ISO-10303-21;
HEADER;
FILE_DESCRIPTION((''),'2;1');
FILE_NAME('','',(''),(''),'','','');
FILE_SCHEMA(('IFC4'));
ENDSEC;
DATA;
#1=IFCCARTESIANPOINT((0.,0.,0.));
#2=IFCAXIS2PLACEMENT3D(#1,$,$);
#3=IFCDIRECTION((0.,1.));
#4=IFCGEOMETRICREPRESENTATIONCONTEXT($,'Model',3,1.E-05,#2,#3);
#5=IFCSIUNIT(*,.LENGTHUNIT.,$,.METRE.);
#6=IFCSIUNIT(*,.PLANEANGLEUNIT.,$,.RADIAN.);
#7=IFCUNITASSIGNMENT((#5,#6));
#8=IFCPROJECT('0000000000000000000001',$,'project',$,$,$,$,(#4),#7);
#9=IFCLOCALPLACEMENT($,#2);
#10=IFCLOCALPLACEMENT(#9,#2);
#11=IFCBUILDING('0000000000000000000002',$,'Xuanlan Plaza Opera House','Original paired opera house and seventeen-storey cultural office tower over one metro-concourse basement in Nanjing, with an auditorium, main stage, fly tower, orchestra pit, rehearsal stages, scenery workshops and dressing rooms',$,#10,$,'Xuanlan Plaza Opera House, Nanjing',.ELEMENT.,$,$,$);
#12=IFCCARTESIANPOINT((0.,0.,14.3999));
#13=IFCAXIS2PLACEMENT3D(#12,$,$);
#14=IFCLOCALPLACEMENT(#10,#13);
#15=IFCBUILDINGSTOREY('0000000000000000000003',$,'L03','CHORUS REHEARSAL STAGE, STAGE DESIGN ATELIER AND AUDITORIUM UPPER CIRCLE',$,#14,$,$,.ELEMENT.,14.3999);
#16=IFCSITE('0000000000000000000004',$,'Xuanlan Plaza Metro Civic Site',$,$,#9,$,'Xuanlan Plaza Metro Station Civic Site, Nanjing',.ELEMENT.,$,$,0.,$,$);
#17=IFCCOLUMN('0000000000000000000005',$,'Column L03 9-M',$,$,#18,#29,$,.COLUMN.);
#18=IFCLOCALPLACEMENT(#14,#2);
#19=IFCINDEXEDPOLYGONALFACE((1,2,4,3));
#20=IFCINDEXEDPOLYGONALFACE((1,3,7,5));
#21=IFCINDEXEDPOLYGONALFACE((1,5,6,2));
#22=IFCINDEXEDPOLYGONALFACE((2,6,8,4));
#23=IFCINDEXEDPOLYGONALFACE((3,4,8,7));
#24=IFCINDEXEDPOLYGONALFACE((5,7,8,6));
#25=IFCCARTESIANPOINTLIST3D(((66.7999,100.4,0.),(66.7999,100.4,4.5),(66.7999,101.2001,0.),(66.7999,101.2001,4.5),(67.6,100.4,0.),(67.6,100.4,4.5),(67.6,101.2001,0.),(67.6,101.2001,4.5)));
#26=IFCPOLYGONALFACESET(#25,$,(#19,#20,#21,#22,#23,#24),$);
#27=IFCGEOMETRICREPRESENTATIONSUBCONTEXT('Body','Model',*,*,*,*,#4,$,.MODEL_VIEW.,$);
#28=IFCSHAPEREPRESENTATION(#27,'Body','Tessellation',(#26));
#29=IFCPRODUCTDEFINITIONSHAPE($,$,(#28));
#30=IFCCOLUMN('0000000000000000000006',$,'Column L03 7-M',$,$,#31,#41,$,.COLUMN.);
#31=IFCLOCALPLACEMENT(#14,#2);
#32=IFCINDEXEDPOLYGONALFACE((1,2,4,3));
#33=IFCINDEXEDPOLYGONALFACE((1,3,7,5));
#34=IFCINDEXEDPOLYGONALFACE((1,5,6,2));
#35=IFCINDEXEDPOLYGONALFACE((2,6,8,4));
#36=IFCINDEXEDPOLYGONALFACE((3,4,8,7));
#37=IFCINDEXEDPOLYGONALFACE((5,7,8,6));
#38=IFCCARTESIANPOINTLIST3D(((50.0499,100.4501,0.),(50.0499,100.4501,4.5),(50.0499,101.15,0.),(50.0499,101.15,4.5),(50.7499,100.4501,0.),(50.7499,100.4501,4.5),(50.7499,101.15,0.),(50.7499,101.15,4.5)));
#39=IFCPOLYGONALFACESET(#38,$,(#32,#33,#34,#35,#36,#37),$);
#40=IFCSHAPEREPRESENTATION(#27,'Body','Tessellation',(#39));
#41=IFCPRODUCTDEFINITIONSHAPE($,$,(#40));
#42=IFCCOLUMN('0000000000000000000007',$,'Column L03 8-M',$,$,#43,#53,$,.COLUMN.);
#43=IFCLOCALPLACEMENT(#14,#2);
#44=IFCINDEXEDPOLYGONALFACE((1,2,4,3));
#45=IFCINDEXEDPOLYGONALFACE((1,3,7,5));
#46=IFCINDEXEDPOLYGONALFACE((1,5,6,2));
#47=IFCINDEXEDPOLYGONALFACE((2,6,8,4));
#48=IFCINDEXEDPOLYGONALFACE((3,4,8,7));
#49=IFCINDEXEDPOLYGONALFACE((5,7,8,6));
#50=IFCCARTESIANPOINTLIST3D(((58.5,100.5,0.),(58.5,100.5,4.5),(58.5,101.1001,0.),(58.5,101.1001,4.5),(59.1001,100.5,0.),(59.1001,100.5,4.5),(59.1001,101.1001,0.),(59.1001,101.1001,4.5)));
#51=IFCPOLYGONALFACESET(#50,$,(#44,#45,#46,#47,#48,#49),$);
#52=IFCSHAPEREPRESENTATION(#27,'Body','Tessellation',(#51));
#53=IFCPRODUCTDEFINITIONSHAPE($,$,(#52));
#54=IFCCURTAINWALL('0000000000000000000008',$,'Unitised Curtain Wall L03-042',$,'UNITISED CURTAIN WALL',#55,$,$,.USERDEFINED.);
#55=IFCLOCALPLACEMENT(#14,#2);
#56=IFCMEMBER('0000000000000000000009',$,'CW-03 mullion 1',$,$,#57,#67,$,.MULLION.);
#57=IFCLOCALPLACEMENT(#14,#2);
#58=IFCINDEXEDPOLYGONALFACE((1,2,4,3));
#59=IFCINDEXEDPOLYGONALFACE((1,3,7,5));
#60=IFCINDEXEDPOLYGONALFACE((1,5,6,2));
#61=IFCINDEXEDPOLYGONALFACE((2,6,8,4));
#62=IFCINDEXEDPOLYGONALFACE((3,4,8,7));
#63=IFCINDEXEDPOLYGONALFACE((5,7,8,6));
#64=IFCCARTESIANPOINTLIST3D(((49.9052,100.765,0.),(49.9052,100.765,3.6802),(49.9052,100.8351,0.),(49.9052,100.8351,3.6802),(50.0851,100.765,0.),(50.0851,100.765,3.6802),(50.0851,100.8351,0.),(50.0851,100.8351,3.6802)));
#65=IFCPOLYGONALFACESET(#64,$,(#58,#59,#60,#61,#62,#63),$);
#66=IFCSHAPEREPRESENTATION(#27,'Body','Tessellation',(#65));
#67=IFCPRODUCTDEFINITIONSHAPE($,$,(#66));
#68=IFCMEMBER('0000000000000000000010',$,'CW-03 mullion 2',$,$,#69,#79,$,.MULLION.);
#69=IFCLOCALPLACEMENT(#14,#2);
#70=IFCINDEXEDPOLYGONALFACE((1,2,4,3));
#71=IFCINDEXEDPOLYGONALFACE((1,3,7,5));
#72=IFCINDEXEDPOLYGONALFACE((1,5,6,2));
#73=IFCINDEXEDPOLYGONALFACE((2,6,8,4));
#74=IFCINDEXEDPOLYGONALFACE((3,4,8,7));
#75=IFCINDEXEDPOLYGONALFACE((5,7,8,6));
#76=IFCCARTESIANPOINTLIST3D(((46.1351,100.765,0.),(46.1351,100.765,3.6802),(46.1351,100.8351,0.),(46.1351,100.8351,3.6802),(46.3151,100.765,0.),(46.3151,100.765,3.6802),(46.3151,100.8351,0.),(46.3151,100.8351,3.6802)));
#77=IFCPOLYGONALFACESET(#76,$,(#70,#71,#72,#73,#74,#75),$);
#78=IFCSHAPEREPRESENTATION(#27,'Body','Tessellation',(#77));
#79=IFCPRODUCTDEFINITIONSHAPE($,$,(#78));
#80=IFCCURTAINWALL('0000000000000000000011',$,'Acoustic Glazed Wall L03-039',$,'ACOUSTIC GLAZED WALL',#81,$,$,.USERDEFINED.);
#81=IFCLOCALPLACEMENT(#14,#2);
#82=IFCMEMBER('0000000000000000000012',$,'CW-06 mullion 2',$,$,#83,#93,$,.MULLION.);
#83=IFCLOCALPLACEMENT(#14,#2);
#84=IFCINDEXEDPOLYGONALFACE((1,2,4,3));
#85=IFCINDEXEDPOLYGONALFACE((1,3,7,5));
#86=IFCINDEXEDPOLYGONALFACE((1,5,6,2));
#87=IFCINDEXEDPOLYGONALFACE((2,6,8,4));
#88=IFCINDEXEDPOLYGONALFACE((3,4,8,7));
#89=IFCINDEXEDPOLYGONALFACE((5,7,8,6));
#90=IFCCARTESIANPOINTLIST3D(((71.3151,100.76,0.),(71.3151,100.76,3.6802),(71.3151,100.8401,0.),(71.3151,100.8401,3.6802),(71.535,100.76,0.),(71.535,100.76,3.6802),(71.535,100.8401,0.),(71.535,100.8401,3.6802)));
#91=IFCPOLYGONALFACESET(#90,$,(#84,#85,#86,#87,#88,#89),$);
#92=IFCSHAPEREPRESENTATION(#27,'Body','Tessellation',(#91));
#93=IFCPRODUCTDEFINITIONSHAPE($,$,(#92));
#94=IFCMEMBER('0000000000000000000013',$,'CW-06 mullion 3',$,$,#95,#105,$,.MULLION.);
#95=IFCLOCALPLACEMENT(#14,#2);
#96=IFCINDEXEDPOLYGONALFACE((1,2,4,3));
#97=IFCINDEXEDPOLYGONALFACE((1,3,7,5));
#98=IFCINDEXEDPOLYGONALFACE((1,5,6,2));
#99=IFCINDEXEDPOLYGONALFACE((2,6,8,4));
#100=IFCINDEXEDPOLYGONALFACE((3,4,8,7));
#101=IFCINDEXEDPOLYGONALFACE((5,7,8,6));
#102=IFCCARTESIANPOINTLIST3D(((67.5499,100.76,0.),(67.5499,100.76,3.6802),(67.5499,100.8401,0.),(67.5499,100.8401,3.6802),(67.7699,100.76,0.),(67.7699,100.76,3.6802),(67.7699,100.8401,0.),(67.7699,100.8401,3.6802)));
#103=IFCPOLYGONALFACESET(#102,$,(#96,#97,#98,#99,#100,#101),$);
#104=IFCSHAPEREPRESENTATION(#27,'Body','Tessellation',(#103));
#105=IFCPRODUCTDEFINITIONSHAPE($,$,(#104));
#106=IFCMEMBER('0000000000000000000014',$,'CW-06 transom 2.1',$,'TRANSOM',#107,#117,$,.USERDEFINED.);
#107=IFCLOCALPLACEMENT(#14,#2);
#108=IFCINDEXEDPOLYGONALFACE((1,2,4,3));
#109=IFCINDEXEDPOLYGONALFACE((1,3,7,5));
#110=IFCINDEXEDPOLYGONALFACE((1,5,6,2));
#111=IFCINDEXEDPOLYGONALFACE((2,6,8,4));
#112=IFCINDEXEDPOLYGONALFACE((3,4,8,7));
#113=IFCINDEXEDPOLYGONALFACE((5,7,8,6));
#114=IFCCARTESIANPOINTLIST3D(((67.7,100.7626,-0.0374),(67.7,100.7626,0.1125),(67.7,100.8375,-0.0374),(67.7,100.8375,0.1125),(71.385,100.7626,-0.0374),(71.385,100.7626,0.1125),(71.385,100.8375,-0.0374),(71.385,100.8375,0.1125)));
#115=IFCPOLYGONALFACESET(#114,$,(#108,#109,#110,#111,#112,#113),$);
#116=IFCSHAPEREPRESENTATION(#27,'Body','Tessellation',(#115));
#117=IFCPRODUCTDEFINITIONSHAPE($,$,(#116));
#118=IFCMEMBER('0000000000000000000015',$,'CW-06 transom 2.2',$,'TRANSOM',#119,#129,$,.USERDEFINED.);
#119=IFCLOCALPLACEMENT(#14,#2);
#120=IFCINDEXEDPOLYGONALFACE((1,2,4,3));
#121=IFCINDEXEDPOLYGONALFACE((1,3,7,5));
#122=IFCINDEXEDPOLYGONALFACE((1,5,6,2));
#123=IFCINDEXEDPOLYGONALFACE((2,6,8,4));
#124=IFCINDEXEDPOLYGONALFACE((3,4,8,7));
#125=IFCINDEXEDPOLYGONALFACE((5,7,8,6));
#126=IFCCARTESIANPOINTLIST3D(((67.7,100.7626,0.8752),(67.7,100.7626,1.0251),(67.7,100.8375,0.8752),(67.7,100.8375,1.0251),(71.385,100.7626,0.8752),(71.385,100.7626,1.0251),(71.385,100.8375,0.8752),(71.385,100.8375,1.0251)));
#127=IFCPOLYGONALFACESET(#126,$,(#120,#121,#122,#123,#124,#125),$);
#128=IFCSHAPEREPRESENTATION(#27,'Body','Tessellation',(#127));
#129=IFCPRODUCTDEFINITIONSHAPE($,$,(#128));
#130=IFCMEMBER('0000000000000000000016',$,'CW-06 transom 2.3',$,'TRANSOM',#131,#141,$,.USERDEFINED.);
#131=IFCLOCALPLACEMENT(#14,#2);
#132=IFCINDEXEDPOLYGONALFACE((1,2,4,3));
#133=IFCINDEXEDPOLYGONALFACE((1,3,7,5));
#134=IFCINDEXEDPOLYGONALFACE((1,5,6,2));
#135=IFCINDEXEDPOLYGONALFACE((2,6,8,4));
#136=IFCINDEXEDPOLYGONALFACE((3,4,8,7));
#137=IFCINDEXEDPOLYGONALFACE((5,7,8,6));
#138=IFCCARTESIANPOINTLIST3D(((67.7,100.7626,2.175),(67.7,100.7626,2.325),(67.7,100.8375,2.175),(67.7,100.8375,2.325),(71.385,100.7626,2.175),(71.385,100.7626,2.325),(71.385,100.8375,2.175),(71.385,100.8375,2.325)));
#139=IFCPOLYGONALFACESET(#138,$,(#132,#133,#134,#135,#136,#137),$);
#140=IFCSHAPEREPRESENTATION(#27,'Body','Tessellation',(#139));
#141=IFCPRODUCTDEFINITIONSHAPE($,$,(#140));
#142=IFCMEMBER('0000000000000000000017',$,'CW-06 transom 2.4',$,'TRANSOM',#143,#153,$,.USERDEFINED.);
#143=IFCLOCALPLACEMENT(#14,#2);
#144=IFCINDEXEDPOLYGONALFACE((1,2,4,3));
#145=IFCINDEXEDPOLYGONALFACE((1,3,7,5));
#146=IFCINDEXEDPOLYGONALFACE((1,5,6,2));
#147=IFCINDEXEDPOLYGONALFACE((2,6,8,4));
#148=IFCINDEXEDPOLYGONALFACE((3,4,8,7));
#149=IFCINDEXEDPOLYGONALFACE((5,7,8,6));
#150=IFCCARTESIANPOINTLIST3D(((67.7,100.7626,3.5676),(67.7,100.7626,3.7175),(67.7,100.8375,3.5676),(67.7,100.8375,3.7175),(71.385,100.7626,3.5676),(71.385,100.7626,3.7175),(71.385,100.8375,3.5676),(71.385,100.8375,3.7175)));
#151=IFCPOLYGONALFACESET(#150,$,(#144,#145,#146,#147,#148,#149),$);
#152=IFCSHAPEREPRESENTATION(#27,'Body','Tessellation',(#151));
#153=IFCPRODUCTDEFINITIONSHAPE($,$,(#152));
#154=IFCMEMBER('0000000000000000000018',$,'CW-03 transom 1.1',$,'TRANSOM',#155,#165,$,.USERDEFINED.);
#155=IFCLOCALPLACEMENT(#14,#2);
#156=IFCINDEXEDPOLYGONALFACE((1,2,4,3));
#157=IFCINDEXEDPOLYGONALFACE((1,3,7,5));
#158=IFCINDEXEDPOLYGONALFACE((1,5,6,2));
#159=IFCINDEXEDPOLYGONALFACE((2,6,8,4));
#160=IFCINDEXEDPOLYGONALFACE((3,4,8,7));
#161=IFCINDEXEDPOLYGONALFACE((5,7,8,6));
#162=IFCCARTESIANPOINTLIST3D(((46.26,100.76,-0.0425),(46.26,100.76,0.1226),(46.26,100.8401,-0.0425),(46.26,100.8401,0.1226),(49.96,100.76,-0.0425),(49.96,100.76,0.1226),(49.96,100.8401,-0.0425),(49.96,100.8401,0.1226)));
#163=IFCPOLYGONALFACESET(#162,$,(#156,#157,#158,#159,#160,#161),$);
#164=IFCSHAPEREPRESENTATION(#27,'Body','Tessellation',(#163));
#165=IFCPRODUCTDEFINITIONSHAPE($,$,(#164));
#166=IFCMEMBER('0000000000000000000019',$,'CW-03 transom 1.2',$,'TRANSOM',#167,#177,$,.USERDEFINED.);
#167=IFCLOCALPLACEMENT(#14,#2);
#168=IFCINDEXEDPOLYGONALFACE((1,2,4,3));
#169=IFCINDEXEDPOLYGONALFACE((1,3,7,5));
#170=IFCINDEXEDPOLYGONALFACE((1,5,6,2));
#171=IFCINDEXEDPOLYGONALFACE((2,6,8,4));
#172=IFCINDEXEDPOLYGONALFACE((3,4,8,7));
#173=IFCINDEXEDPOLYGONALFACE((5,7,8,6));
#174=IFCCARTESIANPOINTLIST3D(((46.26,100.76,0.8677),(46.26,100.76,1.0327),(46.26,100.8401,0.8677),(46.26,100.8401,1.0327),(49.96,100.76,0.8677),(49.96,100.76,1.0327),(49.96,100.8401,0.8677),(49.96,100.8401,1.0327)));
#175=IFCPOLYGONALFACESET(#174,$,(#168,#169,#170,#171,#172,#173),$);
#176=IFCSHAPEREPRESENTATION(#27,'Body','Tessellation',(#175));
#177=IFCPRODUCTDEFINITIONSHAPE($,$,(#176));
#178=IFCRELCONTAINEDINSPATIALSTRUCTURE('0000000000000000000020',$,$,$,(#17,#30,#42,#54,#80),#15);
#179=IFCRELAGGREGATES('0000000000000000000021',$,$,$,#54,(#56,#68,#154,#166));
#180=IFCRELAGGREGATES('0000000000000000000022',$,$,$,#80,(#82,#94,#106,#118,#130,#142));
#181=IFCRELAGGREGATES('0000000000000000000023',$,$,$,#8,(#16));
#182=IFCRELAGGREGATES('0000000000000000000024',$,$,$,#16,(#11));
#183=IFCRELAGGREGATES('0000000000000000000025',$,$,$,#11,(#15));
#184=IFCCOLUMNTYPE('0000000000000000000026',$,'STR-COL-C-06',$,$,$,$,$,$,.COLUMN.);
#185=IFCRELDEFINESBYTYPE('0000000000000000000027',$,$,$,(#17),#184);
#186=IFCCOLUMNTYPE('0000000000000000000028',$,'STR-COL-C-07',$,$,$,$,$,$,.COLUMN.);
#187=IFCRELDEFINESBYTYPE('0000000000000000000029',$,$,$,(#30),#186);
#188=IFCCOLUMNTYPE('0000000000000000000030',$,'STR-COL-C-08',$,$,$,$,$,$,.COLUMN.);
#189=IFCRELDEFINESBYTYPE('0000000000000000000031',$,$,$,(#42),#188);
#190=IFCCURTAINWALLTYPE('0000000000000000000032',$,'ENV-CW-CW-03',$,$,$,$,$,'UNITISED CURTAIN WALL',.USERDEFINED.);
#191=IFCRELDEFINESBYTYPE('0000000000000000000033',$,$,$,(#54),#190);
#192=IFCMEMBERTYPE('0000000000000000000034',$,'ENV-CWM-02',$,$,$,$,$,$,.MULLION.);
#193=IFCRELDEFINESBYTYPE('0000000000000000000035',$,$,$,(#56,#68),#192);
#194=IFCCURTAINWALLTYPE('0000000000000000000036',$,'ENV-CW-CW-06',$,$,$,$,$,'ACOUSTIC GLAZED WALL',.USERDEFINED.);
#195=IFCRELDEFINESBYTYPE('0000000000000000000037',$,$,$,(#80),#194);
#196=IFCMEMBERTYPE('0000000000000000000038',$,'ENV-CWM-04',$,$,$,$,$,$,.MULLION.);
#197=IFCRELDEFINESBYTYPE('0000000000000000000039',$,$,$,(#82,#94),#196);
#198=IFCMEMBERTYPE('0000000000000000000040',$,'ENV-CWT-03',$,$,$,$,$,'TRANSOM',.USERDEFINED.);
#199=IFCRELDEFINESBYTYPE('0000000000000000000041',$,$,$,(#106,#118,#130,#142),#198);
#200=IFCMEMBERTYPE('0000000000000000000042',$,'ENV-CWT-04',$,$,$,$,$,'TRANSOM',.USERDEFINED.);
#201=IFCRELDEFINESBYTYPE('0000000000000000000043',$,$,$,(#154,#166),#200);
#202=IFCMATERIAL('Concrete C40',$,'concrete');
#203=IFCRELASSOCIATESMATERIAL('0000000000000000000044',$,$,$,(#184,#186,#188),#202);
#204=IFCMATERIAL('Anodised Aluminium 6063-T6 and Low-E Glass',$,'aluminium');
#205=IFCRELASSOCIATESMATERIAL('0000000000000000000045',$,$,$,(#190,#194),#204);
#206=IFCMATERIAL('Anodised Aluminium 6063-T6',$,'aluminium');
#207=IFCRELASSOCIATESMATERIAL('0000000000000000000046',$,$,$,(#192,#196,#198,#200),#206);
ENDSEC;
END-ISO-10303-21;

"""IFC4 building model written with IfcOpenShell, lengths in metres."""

from ifc_helpers import new_model, si_unit, direction, frame, origin, origin_2d, place, context, subcontext, project, spatial, rectangle, extrude, material, material_profile, profile_set, type_object, element, aggregate, save


model = new_model("IFC4")

# Units and contexts
model_context = context("Model", 3, precision=1e-05, world=origin(), true_north=direction((0.0, 1.0)))
body_context = subcontext(model_context, "Body", "Model", "MODEL_VIEW")
ifc_project = project(units=[si_unit("LENGTHUNIT", "METRE"), si_unit("PLANEANGLEUNIT", "RADIAN")], contexts=[model_context])

# Site, building, storey
site_placement = place(None, origin())
site = spatial("IfcSite", under=ifc_project, at=site_placement, Name="Xuanlan Plaza Metro Civic Site", LongName="Xuanlan Plaza Metro Station Civic Site, Nanjing", CompositionType="ELEMENT", RefElevation=0.0)
building_placement = place(site_placement, origin())
building = spatial("IfcBuilding", under=site, at=building_placement, Name="Xuanlan Plaza Opera House", Description="Original paired opera house and seventeen-storey cultural office tower over one metro-concourse basement in Nanjing, with an auditorium, main stage, fly tower, orchestra pit, rehearsal stages, scenery workshops and dressing rooms", LongName="Xuanlan Plaza Opera House, Nanjing", CompositionType="ELEMENT")
storey_placement = place(building_placement, frame((0.0, 0.0, 14.3999)))
storey = spatial("IfcBuildingStorey", under=building, at=storey_placement, Name="L03", Description="CHORUS REHEARSAL STAGE, STAGE DESIGN ATELIER AND AUDITORIUM UPPER CIRCLE", CompositionType="ELEMENT", Elevation=14.3999)

# Columns
ifc_material_1 = material(Name="Concrete C40", Category="concrete")
ifc_material_profile_1 = material_profile(ifc_material_1, rectangle(XDim=0.8, YDim=0.8, at=origin_2d()), Name="RC-COL 800x800")
ifc_profile_set_1 = profile_set([ifc_material_profile_1], Name="Concrete C40")
column_type_1 = type_object("IfcColumnType", Name="STR-COL-C-06", PredefinedType="COLUMN", material=ifc_profile_set_1)
column_1_placement = place(storey_placement, frame((67.2, 100.8, 0.0), z_axis=(0.0, 0.0, 1.0), x_axis=(1.0, 0.0, 0.0)))
element("IfcColumn", 1, at=column_1_placement, inside=storey, type_object=column_type_1, Name="Column L03 9-M", PredefinedType="COLUMN", context=body_context, shape_type="SweptSolid", body=[
    extrude(rectangle(XDim=0.8, YDim=0.8, at=origin_2d()), origin(), (0.0, 0.0, 1.0), 4.5),
])
ifc_material_profile_2 = material_profile(ifc_material_1, rectangle(XDim=0.7, YDim=0.7, at=origin_2d()), Name="RC-COL 700x700")
ifc_profile_set_2 = profile_set([ifc_material_profile_2], Name="Concrete C40")
column_type_2 = type_object("IfcColumnType", Name="STR-COL-C-07", PredefinedType="COLUMN", material=ifc_profile_set_2)
column_2_placement = place(storey_placement, frame((50.3999, 100.8, 0.0), z_axis=(0.0, 0.0, 1.0), x_axis=(1.0, 0.0, 0.0)))
element("IfcColumn", 2, at=column_2_placement, inside=storey, type_object=column_type_2, Name="Column L03 7-M", PredefinedType="COLUMN", context=body_context, shape_type="SweptSolid", body=[
    extrude(rectangle(XDim=0.7, YDim=0.7, at=origin_2d()), origin(), (0.0, 0.0, 1.0), 4.5),
])
ifc_material_profile_3 = material_profile(ifc_material_1, rectangle(XDim=0.6001, YDim=0.6001, at=origin_2d()), Name="RC-COL 600x600")
ifc_profile_set_3 = profile_set([ifc_material_profile_3], Name="Concrete C40")
column_type_3 = type_object("IfcColumnType", Name="STR-COL-C-08", PredefinedType="COLUMN", material=ifc_profile_set_3)
column_3_placement = place(storey_placement, frame((58.8, 100.8, 0.0), z_axis=(0.0, 0.0, 1.0), x_axis=(1.0, 0.0, 0.0)))
element("IfcColumn", 3, at=column_3_placement, inside=storey, type_object=column_type_3, Name="Column L03 8-M", PredefinedType="COLUMN", context=body_context, shape_type="SweptSolid", body=[
    extrude(rectangle(XDim=0.6001, YDim=0.6001, at=origin_2d()), origin(), (0.0, 0.0, 1.0), 4.5),
])

# Curtain walls, members
ifc_material_2 = material(Name="Anodised Aluminium 6063-T6 and Low-E Glass", Category="aluminium")
curtain_wall_type_1 = type_object("IfcCurtainWallType", Name="ENV-CW-CW-03", ElementType="UNITISED CURTAIN WALL", PredefinedType="USERDEFINED", material=ifc_material_2)
curtain_wall_1_placement = place(storey_placement, origin())
curtain_wall_1 = element("IfcCurtainWall", 4, at=curtain_wall_1_placement, inside=storey, type_object=curtain_wall_type_1, Name="Unitised Curtain Wall L03-042", ObjectType="UNITISED CURTAIN WALL", PredefinedType="USERDEFINED")
ifc_material_3 = material(Name="Anodised Aluminium 6063-T6", Category="aluminium")
ifc_material_profile_4 = material_profile(ifc_material_3, rectangle(XDim=0.0701, YDim=0.1799, at=origin_2d()), Name="ALU-M 70x180")
ifc_profile_set_4 = profile_set([ifc_material_profile_4], Name="Anodised Aluminium 6063-T6")
member_type_1 = type_object("IfcMemberType", Name="ENV-CWM-02", PredefinedType="MULLION", material=ifc_profile_set_4)
member_1_placement = place(storey_placement, frame((49.9951, 100.8, 0.0), z_axis=(0.0, 0.0, 1.0), x_axis=(0.0, -1.0, 0.0)))
member_1 = element("IfcMember", 5, at=member_1_placement, type_object=member_type_1, Name="CW-03 mullion 1", PredefinedType="MULLION", context=body_context, shape_type="SweptSolid", body=[
    extrude(rectangle(XDim=0.0701, YDim=0.1799, at=origin_2d()), origin(), (0.0, 0.0, 1.0), 3.6802),
])
member_2_placement = place(storey_placement, frame((46.2251, 100.8, 0.0), z_axis=(0.0, 0.0, 1.0), x_axis=(0.0, -1.0, 0.0)))
member_2 = element("IfcMember", 6, at=member_2_placement, type_object=member_type_1, Name="CW-03 mullion 2", PredefinedType="MULLION", context=body_context, shape_type="SweptSolid", body=[
    extrude(rectangle(XDim=0.0701, YDim=0.1799, at=origin_2d()), origin(), (0.0, 0.0, 1.0), 3.6802),
])
curtain_wall_type_2 = type_object("IfcCurtainWallType", Name="ENV-CW-CW-06", ElementType="ACOUSTIC GLAZED WALL", PredefinedType="USERDEFINED", material=ifc_material_2)
curtain_wall_2_placement = place(storey_placement, origin())
curtain_wall_2 = element("IfcCurtainWall", 7, at=curtain_wall_2_placement, inside=storey, type_object=curtain_wall_type_2, Name="Acoustic Glazed Wall L03-039", ObjectType="ACOUSTIC GLAZED WALL", PredefinedType="USERDEFINED")
ifc_material_profile_5 = material_profile(ifc_material_3, rectangle(XDim=0.0801, YDim=0.22, at=origin_2d()), Name="ALU-M 80x220")
ifc_profile_set_5 = profile_set([ifc_material_profile_5], Name="Anodised Aluminium 6063-T6")
member_type_2 = type_object("IfcMemberType", Name="ENV-CWM-04", PredefinedType="MULLION", material=ifc_profile_set_5)
member_3_placement = place(storey_placement, frame((71.425, 100.8, 0.0), z_axis=(0.0, 0.0, 1.0), x_axis=(0.0, -1.0, 0.0)))
member_3 = element("IfcMember", 8, at=member_3_placement, type_object=member_type_2, Name="CW-06 mullion 2", PredefinedType="MULLION", context=body_context, shape_type="SweptSolid", body=[
    extrude(rectangle(XDim=0.0801, YDim=0.22, at=origin_2d()), origin(), (0.0, 0.0, 1.0), 3.6802),
])
member_4_placement = place(storey_placement, frame((67.6599, 100.8, 0.0), z_axis=(0.0, 0.0, 1.0), x_axis=(0.0, -1.0, 0.0)))
member_4 = element("IfcMember", 9, at=member_4_placement, type_object=member_type_2, Name="CW-06 mullion 3", PredefinedType="MULLION", context=body_context, shape_type="SweptSolid", body=[
    extrude(rectangle(XDim=0.0801, YDim=0.22, at=origin_2d()), origin(), (0.0, 0.0, 1.0), 3.6802),
])
ifc_material_profile_6 = material_profile(ifc_material_3, rectangle(XDim=0.075, YDim=0.1499, at=origin_2d()), Name="ALU-T 75x150")
ifc_profile_set_6 = profile_set([ifc_material_profile_6], Name="Anodised Aluminium 6063-T6")
member_type_3 = type_object("IfcMemberType", Name="ENV-CWT-03", ElementType="TRANSOM", PredefinedType="USERDEFINED", material=ifc_profile_set_6)
member_5_placement = place(storey_placement, frame((71.385, 100.8, 0.0376), z_axis=(-1.0, 0.0, 0.0), x_axis=(0.0, -1.0, 0.0)))
member_5 = element("IfcMember", 10, at=member_5_placement, type_object=member_type_3, Name="CW-06 transom 2.1", ObjectType="TRANSOM", PredefinedType="USERDEFINED", context=body_context, shape_type="SweptSolid", body=[
    extrude(rectangle(XDim=0.075, YDim=0.1499, at=origin_2d()), origin(), (0.0, 0.0, 1.0), 3.6851),
])
member_6_placement = place(storey_placement, frame((71.385, 100.8, 0.9502), z_axis=(-1.0, 0.0, 0.0), x_axis=(0.0, -1.0, 0.0)))
member_6 = element("IfcMember", 11, at=member_6_placement, type_object=member_type_3, Name="CW-06 transom 2.2", ObjectType="TRANSOM", PredefinedType="USERDEFINED", context=body_context, shape_type="SweptSolid", body=[
    extrude(rectangle(XDim=0.075, YDim=0.1499, at=origin_2d()), origin(), (0.0, 0.0, 1.0), 3.6851),
])
member_7_placement = place(storey_placement, frame((71.385, 100.8, 2.25), z_axis=(-1.0, 0.0, 0.0), x_axis=(0.0, -1.0, 0.0)))
member_7 = element("IfcMember", 12, at=member_7_placement, type_object=member_type_3, Name="CW-06 transom 2.3", ObjectType="TRANSOM", PredefinedType="USERDEFINED", context=body_context, shape_type="SweptSolid", body=[
    extrude(rectangle(XDim=0.075, YDim=0.1499, at=origin_2d()), origin(), (0.0, 0.0, 1.0), 3.6851),
])
member_8_placement = place(storey_placement, frame((71.385, 100.8, 3.6426), z_axis=(-1.0, 0.0, 0.0), x_axis=(0.0, -1.0, 0.0)))
member_8 = element("IfcMember", 13, at=member_8_placement, type_object=member_type_3, Name="CW-06 transom 2.4", ObjectType="TRANSOM", PredefinedType="USERDEFINED", context=body_context, shape_type="SweptSolid", body=[
    extrude(rectangle(XDim=0.075, YDim=0.1499, at=origin_2d()), origin(), (0.0, 0.0, 1.0), 3.6851),
])

# Members
ifc_material_profile_7 = material_profile(ifc_material_3, rectangle(XDim=0.0801, YDim=0.165, at=origin_2d()), Name="ALU-T 80x165")
ifc_profile_set_7 = profile_set([ifc_material_profile_7], Name="Anodised Aluminium 6063-T6")
member_type_4 = type_object("IfcMemberType", Name="ENV-CWT-04", ElementType="TRANSOM", PredefinedType="USERDEFINED", material=ifc_profile_set_7)
member_9_placement = place(storey_placement, frame((49.96, 100.8, 0.04), z_axis=(-1.0, 0.0, 0.0), x_axis=(0.0, -1.0, 0.0)))
member_9 = element("IfcMember", 14, at=member_9_placement, type_object=member_type_4, Name="CW-03 transom 1.1", ObjectType="TRANSOM", PredefinedType="USERDEFINED", context=body_context, shape_type="SweptSolid", body=[
    extrude(rectangle(XDim=0.0801, YDim=0.165, at=origin_2d()), origin(), (0.0, 0.0, 1.0), 3.7),
])
member_10_placement = place(storey_placement, frame((49.96, 100.8, 0.9502), z_axis=(-1.0, 0.0, 0.0), x_axis=(0.0, -1.0, 0.0)))
member_10 = element("IfcMember", 15, at=member_10_placement, type_object=member_type_4, Name="CW-03 transom 1.2", ObjectType="TRANSOM", PredefinedType="USERDEFINED", context=body_context, shape_type="SweptSolid", body=[
    extrude(rectangle(XDim=0.0801, YDim=0.165, at=origin_2d()), origin(), (0.0, 0.0, 1.0), 3.7),
])

aggregate(curtain_wall_1, [member_1, member_2, member_9, member_10])
aggregate(curtain_wall_2, [member_3, member_4, member_5, member_6, member_7, member_8])

save(model, "model.ifc")
